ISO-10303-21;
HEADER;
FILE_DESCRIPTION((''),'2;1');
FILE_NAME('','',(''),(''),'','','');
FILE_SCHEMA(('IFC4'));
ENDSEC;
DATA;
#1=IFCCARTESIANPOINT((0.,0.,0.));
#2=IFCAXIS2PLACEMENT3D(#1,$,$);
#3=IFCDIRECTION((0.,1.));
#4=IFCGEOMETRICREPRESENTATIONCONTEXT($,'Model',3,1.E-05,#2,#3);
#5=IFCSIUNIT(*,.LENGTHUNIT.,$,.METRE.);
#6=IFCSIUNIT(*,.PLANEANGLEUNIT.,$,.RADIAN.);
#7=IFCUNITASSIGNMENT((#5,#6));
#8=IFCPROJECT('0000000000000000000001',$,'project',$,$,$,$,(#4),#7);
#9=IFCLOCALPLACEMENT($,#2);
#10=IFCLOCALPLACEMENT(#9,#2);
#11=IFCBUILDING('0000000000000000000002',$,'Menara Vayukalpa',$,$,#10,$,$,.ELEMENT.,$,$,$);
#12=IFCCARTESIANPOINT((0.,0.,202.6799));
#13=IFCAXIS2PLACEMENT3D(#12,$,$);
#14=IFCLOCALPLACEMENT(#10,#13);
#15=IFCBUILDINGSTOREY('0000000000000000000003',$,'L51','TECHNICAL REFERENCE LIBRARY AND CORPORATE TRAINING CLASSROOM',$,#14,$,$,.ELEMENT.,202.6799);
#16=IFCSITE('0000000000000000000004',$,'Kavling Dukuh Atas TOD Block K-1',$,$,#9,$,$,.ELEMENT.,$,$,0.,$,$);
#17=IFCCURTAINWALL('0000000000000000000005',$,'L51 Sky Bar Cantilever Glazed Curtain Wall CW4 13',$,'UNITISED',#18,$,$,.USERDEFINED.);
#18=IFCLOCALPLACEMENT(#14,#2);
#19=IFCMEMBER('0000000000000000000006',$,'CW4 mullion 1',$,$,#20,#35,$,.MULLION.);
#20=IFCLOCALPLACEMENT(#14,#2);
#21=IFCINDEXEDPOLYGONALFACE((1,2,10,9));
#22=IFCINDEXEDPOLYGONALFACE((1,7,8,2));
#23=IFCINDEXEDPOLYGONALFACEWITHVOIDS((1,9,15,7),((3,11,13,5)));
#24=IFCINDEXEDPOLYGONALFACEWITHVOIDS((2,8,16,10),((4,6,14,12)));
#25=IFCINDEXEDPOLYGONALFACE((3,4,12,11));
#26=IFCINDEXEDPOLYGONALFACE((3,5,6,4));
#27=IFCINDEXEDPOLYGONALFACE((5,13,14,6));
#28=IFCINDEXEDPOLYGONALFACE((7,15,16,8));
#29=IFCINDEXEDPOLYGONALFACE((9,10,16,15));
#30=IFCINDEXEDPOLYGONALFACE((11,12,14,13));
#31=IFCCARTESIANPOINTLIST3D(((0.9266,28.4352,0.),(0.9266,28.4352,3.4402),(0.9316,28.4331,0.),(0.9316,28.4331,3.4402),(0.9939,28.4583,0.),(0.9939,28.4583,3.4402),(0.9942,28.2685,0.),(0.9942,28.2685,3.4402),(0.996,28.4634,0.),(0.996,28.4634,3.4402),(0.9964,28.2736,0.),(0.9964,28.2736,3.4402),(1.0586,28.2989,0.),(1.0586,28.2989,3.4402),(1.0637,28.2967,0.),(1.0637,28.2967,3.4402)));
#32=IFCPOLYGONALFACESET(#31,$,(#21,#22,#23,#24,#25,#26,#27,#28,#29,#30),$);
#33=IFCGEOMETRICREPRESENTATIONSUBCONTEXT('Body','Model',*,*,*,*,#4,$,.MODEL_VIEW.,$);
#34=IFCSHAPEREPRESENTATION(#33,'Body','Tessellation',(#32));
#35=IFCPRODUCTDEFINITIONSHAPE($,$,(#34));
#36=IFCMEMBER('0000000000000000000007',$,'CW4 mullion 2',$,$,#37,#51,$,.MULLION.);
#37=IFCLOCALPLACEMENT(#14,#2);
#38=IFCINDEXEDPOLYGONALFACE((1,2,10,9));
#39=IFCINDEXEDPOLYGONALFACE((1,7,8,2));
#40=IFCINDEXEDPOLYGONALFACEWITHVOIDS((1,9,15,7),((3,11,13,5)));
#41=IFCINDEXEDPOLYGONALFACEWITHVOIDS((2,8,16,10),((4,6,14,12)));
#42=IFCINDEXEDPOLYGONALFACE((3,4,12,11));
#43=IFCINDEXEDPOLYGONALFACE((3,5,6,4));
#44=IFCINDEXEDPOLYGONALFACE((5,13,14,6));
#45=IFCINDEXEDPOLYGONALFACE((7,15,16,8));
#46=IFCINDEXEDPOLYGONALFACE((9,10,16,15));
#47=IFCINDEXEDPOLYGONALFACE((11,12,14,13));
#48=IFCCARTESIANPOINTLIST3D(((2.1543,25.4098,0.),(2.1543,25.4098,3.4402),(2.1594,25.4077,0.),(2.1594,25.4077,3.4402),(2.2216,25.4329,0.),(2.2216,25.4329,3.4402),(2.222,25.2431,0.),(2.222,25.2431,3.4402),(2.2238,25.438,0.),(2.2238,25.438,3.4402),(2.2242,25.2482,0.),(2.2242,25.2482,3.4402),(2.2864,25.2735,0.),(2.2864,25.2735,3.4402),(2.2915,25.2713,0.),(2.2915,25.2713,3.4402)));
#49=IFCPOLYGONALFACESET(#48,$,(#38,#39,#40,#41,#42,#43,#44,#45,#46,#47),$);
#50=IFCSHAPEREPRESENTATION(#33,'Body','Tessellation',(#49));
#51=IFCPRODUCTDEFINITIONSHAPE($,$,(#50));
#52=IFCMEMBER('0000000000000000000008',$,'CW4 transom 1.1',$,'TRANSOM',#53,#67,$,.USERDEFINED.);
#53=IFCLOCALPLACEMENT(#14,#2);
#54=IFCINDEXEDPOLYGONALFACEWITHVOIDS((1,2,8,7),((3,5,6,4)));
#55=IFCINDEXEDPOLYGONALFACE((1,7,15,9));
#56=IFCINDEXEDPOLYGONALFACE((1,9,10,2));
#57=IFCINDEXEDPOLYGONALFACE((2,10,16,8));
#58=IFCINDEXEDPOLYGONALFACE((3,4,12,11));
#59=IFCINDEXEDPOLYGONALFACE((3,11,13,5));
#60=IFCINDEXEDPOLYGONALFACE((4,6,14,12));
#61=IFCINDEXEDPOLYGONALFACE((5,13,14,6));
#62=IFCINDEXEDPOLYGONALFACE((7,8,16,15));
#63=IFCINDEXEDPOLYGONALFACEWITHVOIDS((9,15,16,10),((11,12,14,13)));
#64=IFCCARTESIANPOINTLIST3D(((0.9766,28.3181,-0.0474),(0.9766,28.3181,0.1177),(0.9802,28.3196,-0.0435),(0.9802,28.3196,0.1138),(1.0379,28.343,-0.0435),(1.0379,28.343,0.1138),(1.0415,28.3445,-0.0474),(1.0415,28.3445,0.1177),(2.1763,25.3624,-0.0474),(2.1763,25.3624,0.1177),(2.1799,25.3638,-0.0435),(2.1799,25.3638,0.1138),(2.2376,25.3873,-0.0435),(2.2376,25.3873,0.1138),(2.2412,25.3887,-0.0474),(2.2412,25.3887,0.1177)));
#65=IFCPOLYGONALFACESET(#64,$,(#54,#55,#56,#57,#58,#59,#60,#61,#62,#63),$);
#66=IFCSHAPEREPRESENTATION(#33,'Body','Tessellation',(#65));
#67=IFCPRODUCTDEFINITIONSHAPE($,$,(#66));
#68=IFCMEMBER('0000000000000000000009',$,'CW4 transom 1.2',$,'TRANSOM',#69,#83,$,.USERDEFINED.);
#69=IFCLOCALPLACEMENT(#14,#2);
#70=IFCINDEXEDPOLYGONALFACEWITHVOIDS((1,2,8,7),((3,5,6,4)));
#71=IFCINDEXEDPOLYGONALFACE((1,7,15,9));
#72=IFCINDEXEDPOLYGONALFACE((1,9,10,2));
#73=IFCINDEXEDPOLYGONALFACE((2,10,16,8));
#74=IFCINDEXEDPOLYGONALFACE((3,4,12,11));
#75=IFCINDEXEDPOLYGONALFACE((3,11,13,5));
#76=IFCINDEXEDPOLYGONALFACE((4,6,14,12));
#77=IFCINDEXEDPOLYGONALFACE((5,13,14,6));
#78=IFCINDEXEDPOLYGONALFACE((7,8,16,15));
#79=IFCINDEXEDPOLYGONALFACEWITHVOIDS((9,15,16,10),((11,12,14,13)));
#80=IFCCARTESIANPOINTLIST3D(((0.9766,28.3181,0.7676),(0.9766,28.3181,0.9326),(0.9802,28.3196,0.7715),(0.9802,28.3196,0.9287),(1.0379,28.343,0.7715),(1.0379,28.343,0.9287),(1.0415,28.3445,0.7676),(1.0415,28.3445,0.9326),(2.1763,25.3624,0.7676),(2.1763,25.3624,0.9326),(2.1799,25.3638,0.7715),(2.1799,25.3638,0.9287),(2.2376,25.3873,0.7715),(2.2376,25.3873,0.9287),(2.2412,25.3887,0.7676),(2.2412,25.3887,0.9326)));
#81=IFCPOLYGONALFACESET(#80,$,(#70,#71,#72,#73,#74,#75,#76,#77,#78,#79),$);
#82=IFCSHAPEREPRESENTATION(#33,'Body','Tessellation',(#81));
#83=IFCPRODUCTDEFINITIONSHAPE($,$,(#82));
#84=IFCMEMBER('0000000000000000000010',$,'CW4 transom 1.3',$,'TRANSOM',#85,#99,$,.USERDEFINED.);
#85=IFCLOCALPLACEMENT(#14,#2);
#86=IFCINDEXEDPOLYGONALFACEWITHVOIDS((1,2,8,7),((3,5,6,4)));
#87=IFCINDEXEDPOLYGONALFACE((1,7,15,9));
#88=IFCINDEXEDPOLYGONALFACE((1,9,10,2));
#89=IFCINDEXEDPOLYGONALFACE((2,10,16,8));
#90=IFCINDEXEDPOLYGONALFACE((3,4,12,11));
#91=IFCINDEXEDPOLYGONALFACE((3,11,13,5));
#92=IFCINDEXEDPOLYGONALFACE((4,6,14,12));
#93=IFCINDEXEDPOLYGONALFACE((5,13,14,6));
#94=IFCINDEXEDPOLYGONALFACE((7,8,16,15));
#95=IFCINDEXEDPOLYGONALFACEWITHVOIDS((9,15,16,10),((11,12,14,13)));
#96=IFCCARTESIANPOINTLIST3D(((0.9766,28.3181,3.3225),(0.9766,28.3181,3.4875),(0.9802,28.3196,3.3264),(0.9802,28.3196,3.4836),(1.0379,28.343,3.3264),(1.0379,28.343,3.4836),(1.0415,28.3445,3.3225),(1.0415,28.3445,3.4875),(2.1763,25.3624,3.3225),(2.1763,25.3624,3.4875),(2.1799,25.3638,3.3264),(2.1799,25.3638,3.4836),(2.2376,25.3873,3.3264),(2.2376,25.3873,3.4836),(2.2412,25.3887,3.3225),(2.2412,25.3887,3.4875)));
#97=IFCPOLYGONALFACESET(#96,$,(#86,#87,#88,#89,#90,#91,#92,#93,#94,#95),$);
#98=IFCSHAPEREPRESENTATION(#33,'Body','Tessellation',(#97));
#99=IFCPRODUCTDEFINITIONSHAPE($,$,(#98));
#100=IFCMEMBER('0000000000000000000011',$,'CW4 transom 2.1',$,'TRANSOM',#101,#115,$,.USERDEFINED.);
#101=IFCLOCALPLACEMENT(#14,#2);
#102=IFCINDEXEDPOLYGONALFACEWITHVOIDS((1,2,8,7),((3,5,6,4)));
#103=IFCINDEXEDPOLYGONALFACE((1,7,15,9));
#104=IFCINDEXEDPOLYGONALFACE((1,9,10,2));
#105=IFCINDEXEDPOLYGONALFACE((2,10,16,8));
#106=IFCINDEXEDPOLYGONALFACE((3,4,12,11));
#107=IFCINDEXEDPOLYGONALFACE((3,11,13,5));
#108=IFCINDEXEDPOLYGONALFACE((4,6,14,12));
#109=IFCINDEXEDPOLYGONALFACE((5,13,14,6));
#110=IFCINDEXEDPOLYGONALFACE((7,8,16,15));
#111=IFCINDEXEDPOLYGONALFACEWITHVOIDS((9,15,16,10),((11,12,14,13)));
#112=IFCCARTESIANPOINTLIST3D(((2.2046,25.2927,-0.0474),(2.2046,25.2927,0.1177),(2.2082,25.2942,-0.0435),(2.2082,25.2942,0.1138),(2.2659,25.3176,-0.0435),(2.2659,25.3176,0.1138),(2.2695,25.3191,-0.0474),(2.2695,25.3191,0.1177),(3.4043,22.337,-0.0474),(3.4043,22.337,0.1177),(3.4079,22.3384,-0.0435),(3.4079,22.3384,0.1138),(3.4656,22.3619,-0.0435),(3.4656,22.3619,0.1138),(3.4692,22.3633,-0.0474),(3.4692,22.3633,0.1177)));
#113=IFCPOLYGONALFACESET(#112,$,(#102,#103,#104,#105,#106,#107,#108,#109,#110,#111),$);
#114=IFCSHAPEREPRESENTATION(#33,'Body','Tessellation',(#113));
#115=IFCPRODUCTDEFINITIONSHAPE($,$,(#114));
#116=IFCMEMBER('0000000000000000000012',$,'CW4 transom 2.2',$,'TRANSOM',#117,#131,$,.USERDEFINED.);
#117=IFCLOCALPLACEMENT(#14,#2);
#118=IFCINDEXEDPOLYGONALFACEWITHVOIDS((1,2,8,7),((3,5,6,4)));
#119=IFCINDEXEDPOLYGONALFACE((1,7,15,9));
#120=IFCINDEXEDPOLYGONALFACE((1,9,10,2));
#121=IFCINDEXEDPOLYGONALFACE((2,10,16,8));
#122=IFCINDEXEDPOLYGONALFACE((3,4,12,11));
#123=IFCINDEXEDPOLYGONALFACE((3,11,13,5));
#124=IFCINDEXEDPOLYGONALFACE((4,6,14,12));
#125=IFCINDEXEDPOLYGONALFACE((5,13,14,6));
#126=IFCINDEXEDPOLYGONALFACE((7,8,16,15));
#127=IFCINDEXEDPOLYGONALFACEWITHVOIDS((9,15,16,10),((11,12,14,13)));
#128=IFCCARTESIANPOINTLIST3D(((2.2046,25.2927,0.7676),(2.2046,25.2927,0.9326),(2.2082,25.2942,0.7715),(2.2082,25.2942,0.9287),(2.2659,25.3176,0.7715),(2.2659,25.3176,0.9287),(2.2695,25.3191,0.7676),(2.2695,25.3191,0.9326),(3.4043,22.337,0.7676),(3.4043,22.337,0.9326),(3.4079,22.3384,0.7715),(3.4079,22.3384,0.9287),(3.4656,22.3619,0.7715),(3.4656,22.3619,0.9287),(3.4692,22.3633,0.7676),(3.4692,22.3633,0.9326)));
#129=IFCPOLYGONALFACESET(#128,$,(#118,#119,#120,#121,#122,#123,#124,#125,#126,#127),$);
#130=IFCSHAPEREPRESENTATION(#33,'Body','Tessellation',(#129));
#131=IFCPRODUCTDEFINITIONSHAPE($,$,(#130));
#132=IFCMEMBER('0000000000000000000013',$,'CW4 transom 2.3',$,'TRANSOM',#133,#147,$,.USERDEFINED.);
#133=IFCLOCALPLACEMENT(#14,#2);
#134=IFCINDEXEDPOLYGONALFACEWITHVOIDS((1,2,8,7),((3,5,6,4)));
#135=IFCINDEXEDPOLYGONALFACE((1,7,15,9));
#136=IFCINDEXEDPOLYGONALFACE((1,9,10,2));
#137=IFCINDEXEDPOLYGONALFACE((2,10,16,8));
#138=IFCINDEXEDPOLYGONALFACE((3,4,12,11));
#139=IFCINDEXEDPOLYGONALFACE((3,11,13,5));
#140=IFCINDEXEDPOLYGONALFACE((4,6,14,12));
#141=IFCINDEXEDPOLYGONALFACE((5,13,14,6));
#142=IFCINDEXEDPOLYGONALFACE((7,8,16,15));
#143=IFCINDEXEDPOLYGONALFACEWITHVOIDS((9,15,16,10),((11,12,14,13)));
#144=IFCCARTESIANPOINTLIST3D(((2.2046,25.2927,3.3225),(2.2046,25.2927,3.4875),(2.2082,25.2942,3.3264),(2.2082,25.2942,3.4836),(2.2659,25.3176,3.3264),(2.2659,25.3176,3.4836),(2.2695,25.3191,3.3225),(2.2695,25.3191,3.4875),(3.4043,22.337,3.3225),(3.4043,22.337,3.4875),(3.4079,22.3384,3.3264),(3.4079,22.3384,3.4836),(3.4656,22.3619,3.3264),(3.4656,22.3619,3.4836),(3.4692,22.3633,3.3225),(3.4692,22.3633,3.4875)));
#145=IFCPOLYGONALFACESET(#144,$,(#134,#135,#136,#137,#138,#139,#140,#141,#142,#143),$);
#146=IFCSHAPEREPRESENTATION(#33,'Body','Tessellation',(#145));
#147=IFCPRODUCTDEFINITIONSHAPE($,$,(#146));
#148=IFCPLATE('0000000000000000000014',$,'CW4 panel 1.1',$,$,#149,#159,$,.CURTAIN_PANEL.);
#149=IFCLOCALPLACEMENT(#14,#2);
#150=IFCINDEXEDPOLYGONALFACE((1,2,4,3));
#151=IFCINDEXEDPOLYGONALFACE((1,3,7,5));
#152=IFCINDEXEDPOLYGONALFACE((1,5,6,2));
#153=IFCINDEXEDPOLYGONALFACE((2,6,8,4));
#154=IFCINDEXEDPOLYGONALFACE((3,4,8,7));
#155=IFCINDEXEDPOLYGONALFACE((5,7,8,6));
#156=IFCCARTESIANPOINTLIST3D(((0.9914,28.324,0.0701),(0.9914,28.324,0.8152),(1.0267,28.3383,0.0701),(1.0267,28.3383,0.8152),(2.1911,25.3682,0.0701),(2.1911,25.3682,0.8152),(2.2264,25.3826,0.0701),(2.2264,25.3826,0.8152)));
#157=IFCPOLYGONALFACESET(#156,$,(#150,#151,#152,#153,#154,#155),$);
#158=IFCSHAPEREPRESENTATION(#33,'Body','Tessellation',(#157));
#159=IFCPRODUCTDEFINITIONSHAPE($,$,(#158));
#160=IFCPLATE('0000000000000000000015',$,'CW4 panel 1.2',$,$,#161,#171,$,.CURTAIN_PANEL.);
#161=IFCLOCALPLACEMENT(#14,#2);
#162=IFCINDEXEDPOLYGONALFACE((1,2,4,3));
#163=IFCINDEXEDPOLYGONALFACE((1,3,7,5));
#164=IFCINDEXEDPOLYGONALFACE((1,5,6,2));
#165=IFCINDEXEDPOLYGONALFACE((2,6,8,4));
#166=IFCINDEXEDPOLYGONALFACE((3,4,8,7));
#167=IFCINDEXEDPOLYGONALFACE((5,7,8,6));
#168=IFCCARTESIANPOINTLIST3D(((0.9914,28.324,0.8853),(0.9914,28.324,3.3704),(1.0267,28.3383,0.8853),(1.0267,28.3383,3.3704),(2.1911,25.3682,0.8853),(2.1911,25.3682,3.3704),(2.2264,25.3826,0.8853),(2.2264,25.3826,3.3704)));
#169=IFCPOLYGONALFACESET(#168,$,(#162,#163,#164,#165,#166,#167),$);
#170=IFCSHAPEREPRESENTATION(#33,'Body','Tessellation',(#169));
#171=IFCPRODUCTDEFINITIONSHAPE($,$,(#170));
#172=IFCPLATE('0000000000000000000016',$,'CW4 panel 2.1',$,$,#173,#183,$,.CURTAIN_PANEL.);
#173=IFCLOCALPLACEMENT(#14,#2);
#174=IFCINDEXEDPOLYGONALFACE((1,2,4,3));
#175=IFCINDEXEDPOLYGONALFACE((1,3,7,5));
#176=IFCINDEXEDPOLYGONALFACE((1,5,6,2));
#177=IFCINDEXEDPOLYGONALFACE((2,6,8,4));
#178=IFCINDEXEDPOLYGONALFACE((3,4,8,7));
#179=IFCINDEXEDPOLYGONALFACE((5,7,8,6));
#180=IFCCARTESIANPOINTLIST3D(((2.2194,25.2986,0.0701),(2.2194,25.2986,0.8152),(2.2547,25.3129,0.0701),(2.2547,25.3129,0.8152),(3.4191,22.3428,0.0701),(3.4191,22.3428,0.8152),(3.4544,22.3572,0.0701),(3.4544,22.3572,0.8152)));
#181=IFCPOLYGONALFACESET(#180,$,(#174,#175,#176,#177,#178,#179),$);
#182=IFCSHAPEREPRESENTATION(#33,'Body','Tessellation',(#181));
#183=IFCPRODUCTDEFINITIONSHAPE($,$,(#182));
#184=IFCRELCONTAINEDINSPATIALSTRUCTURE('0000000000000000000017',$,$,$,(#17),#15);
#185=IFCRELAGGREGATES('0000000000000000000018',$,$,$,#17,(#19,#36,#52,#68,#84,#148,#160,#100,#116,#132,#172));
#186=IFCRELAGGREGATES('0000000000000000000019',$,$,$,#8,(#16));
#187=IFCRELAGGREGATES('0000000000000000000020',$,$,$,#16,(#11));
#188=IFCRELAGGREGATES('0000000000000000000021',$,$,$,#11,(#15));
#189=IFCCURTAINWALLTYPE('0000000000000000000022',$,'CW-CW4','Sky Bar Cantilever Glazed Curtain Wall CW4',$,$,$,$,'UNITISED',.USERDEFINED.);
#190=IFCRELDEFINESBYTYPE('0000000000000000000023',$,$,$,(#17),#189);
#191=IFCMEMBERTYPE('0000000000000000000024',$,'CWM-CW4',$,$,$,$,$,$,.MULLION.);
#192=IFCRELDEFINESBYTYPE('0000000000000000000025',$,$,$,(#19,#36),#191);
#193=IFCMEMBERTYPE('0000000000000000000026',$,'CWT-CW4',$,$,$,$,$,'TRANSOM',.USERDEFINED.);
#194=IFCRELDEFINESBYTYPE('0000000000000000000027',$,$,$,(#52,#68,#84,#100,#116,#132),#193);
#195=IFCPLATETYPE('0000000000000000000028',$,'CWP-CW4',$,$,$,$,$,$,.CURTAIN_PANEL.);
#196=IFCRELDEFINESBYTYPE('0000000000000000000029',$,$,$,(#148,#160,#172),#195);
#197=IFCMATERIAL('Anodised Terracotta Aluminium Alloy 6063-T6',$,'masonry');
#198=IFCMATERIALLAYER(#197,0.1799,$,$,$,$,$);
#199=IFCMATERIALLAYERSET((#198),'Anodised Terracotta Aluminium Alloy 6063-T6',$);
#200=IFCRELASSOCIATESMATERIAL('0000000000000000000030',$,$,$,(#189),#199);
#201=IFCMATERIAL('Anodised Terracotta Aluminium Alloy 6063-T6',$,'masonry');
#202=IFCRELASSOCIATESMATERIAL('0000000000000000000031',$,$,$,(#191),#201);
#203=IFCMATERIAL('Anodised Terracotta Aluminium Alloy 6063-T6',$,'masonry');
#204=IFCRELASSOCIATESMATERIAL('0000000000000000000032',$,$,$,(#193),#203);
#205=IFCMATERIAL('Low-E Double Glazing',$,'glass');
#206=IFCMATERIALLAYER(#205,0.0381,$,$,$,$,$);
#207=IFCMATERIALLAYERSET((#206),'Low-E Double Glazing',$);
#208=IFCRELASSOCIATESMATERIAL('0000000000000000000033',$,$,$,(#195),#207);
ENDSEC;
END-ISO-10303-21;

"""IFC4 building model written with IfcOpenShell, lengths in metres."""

from ifc_helpers import new_model, si_unit, direction, frame, origin, origin_2d, place, context, subcontext, project, spatial, rectangle, hollow_rectangle, extrude, material, layer, layer_set, material_profile, profile_set, type_object, element, aggregate, save


model = new_model("IFC4")

# Units and contexts
model_context = context("Model", 3, precision=1e-05, world=origin(), true_north=direction((0.0, 1.0)))
body_context = subcontext(model_context, "Body", "Model", "MODEL_VIEW")
ifc_project = project(units=[si_unit("LENGTHUNIT", "METRE"), si_unit("PLANEANGLEUNIT", "RADIAN")], contexts=[model_context])

# Site, building, storey
site_placement = place(None, origin())
site = spatial("IfcSite", under=ifc_project, at=site_placement, Name="Kavling Dukuh Atas TOD Block K-1", CompositionType="ELEMENT", RefElevation=0.0)
building_placement = place(site_placement, origin())
building = spatial("IfcBuilding", under=site, at=building_placement, Name="Menara Vayukalpa", CompositionType="ELEMENT")
storey_placement = place(building_placement, frame((0.0, 0.0, 202.6799)))
storey = spatial("IfcBuildingStorey", under=building, at=storey_placement, Name="L51", Description="TECHNICAL REFERENCE LIBRARY AND CORPORATE TRAINING CLASSROOM", CompositionType="ELEMENT", Elevation=202.6799)

# Curtain wall, members, plates
ifc_material_1 = material(Name="Anodised Terracotta Aluminium Alloy 6063-T6", Category="masonry")
ifc_layer_1 = layer(ifc_material_1, 0.1799)
ifc_layer_set_1 = layer_set([ifc_layer_1], Name="Anodised Terracotta Aluminium Alloy 6063-T6")
curtain_wall_type = type_object("IfcCurtainWallType", Name="CW-CW4", Description="Sky Bar Cantilever Glazed Curtain Wall CW4", ElementType="UNITISED", PredefinedType="USERDEFINED", material=ifc_layer_set_1)
curtain_wall_placement = place(storey_placement, origin())
curtain_wall = element("IfcCurtainWall", 1, at=curtain_wall_placement, inside=storey, type_object=curtain_wall_type, Name="L51 Sky Bar Cantilever Glazed Curtain Wall CW4 13", ObjectType="UNITISED", PredefinedType="USERDEFINED")
ifc_material_2 = material(Name="Anodised Terracotta Aluminium Alloy 6063-T6", Category="masonry")
ifc_material_profile_1 = material_profile(ifc_material_2, hollow_rectangle(XDim=0.075, YDim=0.1799, WallThickness=0.0039, at=origin_2d()), Name="ALU 75x180x4")
ifc_profile_set_1 = profile_set([ifc_material_profile_1], Name="Anodised Terracotta Aluminium Alloy 6063-T6")
member_type_1 = type_object("IfcMemberType", Name="CWM-CW4", PredefinedType="MULLION", material=ifc_profile_set_1)
member_1_placement = place(storey_placement, frame((0.9951, 28.366, 0.0), z_axis=(0.0, 0.0, 1.0), x_axis=(0.926582, 0.376092, 0.0)))
member_1 = element("IfcMember", 2, at=member_1_placement, type_object=member_type_1, Name="CW4 mullion 1", PredefinedType="MULLION", context=body_context, shape_type="SweptSolid", body=[
    extrude(hollow_rectangle(XDim=0.075, YDim=0.1799, WallThickness=0.0039, at=origin_2d()), origin(), (0.0, 0.0, 1.0), 3.4402),
])
member_2_placement = place(storey_placement, frame((2.2229, 25.3406, 0.0), z_axis=(0.0, 0.0, 1.0), x_axis=(0.926582, 0.376092, 0.0)))
member_2 = element("IfcMember", 3, at=member_2_placement, type_object=member_type_1, Name="CW4 mullion 2", PredefinedType="MULLION", context=body_context, shape_type="SweptSolid", body=[
    extrude(hollow_rectangle(XDim=0.075, YDim=0.1799, WallThickness=0.0039, at=origin_2d()), origin(), (0.0, 0.0, 1.0), 3.4402),
])
ifc_material_3 = material(Name="Anodised Terracotta Aluminium Alloy 6063-T6", Category="masonry")
ifc_material_profile_2 = material_profile(ifc_material_3, hollow_rectangle(XDim=0.0701, YDim=0.165, WallThickness=0.0039, at=origin_2d()), Name="ALU 70x165x4")
ifc_profile_set_2 = profile_set([ifc_material_profile_2], Name="Anodised Terracotta Aluminium Alloy 6063-T6")
member_type_2 = type_object("IfcMemberType", Name="CWT-CW4", ElementType="TRANSOM", PredefinedType="USERDEFINED", material=ifc_profile_set_2)
member_3_placement = place(storey_placement, frame((1.009, 28.3313, 0.0352), z_axis=(0.376083, -0.926586, 0.0), x_axis=(0.926586, 0.376083, 0.0)))
member_3 = element("IfcMember", 4, at=member_3_placement, type_object=member_type_2, Name="CW4 transom 1.1", ObjectType="TRANSOM", PredefinedType="USERDEFINED", context=body_context, shape_type="SweptSolid", body=[
    extrude(hollow_rectangle(XDim=0.0701, YDim=0.165, WallThickness=0.0039, at=origin_2d()), origin(), (0.0, 0.0, 1.0), 3.1899),
])
member_4_placement = place(storey_placement, frame((1.009, 28.3313, 0.8501), z_axis=(0.376083, -0.926586, 0.0), x_axis=(0.926586, 0.376083, 0.0)))
member_4 = element("IfcMember", 5, at=member_4_placement, type_object=member_type_2, Name="CW4 transom 1.2", ObjectType="TRANSOM", PredefinedType="USERDEFINED", context=body_context, shape_type="SweptSolid", body=[
    extrude(hollow_rectangle(XDim=0.0701, YDim=0.165, WallThickness=0.0039, at=origin_2d()), origin(), (0.0, 0.0, 1.0), 3.1899),
])
member_5_placement = place(storey_placement, frame((1.009, 28.3313, 3.405), z_axis=(0.376083, -0.926586, 0.0), x_axis=(0.926586, 0.376083, 0.0)))
member_5 = element("IfcMember", 6, at=member_5_placement, type_object=member_type_2, Name="CW4 transom 1.3", ObjectType="TRANSOM", PredefinedType="USERDEFINED", context=body_context, shape_type="SweptSolid", body=[
    extrude(hollow_rectangle(XDim=0.0701, YDim=0.165, WallThickness=0.0039, at=origin_2d()), origin(), (0.0, 0.0, 1.0), 3.1899),
])
member_6_placement = place(storey_placement, frame((2.2371, 25.3059, 0.0352), z_axis=(0.376083, -0.926586, 0.0), x_axis=(0.926586, 0.376083, 0.0)))
member_6 = element("IfcMember", 7, at=member_6_placement, type_object=member_type_2, Name="CW4 transom 2.1", ObjectType="TRANSOM", PredefinedType="USERDEFINED", context=body_context, shape_type="SweptSolid", body=[
    extrude(hollow_rectangle(XDim=0.0701, YDim=0.165, WallThickness=0.0039, at=origin_2d()), origin(), (0.0, 0.0, 1.0), 3.1899),
])
member_7_placement = place(storey_placement, frame((2.2371, 25.3059, 0.8501), z_axis=(0.376083, -0.926586, 0.0), x_axis=(0.926586, 0.376083, 0.0)))
member_7 = element("IfcMember", 8, at=member_7_placement, type_object=member_type_2, Name="CW4 transom 2.2", ObjectType="TRANSOM", PredefinedType="USERDEFINED", context=body_context, shape_type="SweptSolid", body=[
    extrude(hollow_rectangle(XDim=0.0701, YDim=0.165, WallThickness=0.0039, at=origin_2d()), origin(), (0.0, 0.0, 1.0), 3.1899),
])
member_8_placement = place(storey_placement, frame((2.2371, 25.3059, 3.405), z_axis=(0.376083, -0.926586, 0.0), x_axis=(0.926586, 0.376083, 0.0)))
member_8 = element("IfcMember", 9, at=member_8_placement, type_object=member_type_2, Name="CW4 transom 2.3", ObjectType="TRANSOM", PredefinedType="USERDEFINED", context=body_context, shape_type="SweptSolid", body=[
    extrude(hollow_rectangle(XDim=0.0701, YDim=0.165, WallThickness=0.0039, at=origin_2d()), origin(), (0.0, 0.0, 1.0), 3.1899),
])
ifc_material_4 = material(Name="Low-E Double Glazing", Category="glass")
ifc_layer_2 = layer(ifc_material_4, 0.0381)
ifc_layer_set_2 = layer_set([ifc_layer_2], Name="Low-E Double Glazing")
plate_type_1 = type_object("IfcPlateType", Name="CWP-CW4", PredefinedType="CURTAIN_PANEL", material=ifc_layer_set_2)
plate_1_placement = place(storey_placement, frame((1.6089, 26.8533, 0.0701), z_axis=(0.0, 0.0, 1.0), x_axis=(0.376092, -0.926582, 0.0)))
plate_1 = element("IfcPlate", 10, at=plate_1_placement, type_object=plate_type_1, Name="CW4 panel 1.1", PredefinedType="CURTAIN_PANEL", context=body_context, shape_type="SweptSolid", body=[
    extrude(rectangle(XDim=3.1899, YDim=0.0381, at=origin_2d()), origin(), (0.0, 0.0, 1.0), 0.7451),
])
plate_2_placement = place(storey_placement, frame((1.6089, 26.8533, 0.8853), z_axis=(0.0, 0.0, 1.0), x_axis=(0.376092, -0.926582, 0.0)))
plate_2 = element("IfcPlate", 11, at=plate_2_placement, type_object=plate_type_1, Name="CW4 panel 1.2", PredefinedType="CURTAIN_PANEL", context=body_context, shape_type="SweptSolid", body=[
    extrude(rectangle(XDim=3.1899, YDim=0.0381, at=origin_2d()), origin(), (0.0, 0.0, 1.0), 2.4851),
])
plate_3_placement = place(storey_placement, frame((2.8369, 23.8279, 0.0701), z_axis=(0.0, 0.0, 1.0), x_axis=(0.376092, -0.926582, 0.0)))
plate_3 = element("IfcPlate", 12, at=plate_3_placement, type_object=plate_type_1, Name="CW4 panel 2.1", PredefinedType="CURTAIN_PANEL", context=body_context, shape_type="SweptSolid", body=[
    extrude(rectangle(XDim=3.1899, YDim=0.0381, at=origin_2d()), origin(), (0.0, 0.0, 1.0), 0.7451),
])
aggregate(curtain_wall, [member_1, member_2, member_3, member_4, member_5, plate_1, plate_2, member_6, member_7, member_8, plate_3])

save(model, "model.ifc")
